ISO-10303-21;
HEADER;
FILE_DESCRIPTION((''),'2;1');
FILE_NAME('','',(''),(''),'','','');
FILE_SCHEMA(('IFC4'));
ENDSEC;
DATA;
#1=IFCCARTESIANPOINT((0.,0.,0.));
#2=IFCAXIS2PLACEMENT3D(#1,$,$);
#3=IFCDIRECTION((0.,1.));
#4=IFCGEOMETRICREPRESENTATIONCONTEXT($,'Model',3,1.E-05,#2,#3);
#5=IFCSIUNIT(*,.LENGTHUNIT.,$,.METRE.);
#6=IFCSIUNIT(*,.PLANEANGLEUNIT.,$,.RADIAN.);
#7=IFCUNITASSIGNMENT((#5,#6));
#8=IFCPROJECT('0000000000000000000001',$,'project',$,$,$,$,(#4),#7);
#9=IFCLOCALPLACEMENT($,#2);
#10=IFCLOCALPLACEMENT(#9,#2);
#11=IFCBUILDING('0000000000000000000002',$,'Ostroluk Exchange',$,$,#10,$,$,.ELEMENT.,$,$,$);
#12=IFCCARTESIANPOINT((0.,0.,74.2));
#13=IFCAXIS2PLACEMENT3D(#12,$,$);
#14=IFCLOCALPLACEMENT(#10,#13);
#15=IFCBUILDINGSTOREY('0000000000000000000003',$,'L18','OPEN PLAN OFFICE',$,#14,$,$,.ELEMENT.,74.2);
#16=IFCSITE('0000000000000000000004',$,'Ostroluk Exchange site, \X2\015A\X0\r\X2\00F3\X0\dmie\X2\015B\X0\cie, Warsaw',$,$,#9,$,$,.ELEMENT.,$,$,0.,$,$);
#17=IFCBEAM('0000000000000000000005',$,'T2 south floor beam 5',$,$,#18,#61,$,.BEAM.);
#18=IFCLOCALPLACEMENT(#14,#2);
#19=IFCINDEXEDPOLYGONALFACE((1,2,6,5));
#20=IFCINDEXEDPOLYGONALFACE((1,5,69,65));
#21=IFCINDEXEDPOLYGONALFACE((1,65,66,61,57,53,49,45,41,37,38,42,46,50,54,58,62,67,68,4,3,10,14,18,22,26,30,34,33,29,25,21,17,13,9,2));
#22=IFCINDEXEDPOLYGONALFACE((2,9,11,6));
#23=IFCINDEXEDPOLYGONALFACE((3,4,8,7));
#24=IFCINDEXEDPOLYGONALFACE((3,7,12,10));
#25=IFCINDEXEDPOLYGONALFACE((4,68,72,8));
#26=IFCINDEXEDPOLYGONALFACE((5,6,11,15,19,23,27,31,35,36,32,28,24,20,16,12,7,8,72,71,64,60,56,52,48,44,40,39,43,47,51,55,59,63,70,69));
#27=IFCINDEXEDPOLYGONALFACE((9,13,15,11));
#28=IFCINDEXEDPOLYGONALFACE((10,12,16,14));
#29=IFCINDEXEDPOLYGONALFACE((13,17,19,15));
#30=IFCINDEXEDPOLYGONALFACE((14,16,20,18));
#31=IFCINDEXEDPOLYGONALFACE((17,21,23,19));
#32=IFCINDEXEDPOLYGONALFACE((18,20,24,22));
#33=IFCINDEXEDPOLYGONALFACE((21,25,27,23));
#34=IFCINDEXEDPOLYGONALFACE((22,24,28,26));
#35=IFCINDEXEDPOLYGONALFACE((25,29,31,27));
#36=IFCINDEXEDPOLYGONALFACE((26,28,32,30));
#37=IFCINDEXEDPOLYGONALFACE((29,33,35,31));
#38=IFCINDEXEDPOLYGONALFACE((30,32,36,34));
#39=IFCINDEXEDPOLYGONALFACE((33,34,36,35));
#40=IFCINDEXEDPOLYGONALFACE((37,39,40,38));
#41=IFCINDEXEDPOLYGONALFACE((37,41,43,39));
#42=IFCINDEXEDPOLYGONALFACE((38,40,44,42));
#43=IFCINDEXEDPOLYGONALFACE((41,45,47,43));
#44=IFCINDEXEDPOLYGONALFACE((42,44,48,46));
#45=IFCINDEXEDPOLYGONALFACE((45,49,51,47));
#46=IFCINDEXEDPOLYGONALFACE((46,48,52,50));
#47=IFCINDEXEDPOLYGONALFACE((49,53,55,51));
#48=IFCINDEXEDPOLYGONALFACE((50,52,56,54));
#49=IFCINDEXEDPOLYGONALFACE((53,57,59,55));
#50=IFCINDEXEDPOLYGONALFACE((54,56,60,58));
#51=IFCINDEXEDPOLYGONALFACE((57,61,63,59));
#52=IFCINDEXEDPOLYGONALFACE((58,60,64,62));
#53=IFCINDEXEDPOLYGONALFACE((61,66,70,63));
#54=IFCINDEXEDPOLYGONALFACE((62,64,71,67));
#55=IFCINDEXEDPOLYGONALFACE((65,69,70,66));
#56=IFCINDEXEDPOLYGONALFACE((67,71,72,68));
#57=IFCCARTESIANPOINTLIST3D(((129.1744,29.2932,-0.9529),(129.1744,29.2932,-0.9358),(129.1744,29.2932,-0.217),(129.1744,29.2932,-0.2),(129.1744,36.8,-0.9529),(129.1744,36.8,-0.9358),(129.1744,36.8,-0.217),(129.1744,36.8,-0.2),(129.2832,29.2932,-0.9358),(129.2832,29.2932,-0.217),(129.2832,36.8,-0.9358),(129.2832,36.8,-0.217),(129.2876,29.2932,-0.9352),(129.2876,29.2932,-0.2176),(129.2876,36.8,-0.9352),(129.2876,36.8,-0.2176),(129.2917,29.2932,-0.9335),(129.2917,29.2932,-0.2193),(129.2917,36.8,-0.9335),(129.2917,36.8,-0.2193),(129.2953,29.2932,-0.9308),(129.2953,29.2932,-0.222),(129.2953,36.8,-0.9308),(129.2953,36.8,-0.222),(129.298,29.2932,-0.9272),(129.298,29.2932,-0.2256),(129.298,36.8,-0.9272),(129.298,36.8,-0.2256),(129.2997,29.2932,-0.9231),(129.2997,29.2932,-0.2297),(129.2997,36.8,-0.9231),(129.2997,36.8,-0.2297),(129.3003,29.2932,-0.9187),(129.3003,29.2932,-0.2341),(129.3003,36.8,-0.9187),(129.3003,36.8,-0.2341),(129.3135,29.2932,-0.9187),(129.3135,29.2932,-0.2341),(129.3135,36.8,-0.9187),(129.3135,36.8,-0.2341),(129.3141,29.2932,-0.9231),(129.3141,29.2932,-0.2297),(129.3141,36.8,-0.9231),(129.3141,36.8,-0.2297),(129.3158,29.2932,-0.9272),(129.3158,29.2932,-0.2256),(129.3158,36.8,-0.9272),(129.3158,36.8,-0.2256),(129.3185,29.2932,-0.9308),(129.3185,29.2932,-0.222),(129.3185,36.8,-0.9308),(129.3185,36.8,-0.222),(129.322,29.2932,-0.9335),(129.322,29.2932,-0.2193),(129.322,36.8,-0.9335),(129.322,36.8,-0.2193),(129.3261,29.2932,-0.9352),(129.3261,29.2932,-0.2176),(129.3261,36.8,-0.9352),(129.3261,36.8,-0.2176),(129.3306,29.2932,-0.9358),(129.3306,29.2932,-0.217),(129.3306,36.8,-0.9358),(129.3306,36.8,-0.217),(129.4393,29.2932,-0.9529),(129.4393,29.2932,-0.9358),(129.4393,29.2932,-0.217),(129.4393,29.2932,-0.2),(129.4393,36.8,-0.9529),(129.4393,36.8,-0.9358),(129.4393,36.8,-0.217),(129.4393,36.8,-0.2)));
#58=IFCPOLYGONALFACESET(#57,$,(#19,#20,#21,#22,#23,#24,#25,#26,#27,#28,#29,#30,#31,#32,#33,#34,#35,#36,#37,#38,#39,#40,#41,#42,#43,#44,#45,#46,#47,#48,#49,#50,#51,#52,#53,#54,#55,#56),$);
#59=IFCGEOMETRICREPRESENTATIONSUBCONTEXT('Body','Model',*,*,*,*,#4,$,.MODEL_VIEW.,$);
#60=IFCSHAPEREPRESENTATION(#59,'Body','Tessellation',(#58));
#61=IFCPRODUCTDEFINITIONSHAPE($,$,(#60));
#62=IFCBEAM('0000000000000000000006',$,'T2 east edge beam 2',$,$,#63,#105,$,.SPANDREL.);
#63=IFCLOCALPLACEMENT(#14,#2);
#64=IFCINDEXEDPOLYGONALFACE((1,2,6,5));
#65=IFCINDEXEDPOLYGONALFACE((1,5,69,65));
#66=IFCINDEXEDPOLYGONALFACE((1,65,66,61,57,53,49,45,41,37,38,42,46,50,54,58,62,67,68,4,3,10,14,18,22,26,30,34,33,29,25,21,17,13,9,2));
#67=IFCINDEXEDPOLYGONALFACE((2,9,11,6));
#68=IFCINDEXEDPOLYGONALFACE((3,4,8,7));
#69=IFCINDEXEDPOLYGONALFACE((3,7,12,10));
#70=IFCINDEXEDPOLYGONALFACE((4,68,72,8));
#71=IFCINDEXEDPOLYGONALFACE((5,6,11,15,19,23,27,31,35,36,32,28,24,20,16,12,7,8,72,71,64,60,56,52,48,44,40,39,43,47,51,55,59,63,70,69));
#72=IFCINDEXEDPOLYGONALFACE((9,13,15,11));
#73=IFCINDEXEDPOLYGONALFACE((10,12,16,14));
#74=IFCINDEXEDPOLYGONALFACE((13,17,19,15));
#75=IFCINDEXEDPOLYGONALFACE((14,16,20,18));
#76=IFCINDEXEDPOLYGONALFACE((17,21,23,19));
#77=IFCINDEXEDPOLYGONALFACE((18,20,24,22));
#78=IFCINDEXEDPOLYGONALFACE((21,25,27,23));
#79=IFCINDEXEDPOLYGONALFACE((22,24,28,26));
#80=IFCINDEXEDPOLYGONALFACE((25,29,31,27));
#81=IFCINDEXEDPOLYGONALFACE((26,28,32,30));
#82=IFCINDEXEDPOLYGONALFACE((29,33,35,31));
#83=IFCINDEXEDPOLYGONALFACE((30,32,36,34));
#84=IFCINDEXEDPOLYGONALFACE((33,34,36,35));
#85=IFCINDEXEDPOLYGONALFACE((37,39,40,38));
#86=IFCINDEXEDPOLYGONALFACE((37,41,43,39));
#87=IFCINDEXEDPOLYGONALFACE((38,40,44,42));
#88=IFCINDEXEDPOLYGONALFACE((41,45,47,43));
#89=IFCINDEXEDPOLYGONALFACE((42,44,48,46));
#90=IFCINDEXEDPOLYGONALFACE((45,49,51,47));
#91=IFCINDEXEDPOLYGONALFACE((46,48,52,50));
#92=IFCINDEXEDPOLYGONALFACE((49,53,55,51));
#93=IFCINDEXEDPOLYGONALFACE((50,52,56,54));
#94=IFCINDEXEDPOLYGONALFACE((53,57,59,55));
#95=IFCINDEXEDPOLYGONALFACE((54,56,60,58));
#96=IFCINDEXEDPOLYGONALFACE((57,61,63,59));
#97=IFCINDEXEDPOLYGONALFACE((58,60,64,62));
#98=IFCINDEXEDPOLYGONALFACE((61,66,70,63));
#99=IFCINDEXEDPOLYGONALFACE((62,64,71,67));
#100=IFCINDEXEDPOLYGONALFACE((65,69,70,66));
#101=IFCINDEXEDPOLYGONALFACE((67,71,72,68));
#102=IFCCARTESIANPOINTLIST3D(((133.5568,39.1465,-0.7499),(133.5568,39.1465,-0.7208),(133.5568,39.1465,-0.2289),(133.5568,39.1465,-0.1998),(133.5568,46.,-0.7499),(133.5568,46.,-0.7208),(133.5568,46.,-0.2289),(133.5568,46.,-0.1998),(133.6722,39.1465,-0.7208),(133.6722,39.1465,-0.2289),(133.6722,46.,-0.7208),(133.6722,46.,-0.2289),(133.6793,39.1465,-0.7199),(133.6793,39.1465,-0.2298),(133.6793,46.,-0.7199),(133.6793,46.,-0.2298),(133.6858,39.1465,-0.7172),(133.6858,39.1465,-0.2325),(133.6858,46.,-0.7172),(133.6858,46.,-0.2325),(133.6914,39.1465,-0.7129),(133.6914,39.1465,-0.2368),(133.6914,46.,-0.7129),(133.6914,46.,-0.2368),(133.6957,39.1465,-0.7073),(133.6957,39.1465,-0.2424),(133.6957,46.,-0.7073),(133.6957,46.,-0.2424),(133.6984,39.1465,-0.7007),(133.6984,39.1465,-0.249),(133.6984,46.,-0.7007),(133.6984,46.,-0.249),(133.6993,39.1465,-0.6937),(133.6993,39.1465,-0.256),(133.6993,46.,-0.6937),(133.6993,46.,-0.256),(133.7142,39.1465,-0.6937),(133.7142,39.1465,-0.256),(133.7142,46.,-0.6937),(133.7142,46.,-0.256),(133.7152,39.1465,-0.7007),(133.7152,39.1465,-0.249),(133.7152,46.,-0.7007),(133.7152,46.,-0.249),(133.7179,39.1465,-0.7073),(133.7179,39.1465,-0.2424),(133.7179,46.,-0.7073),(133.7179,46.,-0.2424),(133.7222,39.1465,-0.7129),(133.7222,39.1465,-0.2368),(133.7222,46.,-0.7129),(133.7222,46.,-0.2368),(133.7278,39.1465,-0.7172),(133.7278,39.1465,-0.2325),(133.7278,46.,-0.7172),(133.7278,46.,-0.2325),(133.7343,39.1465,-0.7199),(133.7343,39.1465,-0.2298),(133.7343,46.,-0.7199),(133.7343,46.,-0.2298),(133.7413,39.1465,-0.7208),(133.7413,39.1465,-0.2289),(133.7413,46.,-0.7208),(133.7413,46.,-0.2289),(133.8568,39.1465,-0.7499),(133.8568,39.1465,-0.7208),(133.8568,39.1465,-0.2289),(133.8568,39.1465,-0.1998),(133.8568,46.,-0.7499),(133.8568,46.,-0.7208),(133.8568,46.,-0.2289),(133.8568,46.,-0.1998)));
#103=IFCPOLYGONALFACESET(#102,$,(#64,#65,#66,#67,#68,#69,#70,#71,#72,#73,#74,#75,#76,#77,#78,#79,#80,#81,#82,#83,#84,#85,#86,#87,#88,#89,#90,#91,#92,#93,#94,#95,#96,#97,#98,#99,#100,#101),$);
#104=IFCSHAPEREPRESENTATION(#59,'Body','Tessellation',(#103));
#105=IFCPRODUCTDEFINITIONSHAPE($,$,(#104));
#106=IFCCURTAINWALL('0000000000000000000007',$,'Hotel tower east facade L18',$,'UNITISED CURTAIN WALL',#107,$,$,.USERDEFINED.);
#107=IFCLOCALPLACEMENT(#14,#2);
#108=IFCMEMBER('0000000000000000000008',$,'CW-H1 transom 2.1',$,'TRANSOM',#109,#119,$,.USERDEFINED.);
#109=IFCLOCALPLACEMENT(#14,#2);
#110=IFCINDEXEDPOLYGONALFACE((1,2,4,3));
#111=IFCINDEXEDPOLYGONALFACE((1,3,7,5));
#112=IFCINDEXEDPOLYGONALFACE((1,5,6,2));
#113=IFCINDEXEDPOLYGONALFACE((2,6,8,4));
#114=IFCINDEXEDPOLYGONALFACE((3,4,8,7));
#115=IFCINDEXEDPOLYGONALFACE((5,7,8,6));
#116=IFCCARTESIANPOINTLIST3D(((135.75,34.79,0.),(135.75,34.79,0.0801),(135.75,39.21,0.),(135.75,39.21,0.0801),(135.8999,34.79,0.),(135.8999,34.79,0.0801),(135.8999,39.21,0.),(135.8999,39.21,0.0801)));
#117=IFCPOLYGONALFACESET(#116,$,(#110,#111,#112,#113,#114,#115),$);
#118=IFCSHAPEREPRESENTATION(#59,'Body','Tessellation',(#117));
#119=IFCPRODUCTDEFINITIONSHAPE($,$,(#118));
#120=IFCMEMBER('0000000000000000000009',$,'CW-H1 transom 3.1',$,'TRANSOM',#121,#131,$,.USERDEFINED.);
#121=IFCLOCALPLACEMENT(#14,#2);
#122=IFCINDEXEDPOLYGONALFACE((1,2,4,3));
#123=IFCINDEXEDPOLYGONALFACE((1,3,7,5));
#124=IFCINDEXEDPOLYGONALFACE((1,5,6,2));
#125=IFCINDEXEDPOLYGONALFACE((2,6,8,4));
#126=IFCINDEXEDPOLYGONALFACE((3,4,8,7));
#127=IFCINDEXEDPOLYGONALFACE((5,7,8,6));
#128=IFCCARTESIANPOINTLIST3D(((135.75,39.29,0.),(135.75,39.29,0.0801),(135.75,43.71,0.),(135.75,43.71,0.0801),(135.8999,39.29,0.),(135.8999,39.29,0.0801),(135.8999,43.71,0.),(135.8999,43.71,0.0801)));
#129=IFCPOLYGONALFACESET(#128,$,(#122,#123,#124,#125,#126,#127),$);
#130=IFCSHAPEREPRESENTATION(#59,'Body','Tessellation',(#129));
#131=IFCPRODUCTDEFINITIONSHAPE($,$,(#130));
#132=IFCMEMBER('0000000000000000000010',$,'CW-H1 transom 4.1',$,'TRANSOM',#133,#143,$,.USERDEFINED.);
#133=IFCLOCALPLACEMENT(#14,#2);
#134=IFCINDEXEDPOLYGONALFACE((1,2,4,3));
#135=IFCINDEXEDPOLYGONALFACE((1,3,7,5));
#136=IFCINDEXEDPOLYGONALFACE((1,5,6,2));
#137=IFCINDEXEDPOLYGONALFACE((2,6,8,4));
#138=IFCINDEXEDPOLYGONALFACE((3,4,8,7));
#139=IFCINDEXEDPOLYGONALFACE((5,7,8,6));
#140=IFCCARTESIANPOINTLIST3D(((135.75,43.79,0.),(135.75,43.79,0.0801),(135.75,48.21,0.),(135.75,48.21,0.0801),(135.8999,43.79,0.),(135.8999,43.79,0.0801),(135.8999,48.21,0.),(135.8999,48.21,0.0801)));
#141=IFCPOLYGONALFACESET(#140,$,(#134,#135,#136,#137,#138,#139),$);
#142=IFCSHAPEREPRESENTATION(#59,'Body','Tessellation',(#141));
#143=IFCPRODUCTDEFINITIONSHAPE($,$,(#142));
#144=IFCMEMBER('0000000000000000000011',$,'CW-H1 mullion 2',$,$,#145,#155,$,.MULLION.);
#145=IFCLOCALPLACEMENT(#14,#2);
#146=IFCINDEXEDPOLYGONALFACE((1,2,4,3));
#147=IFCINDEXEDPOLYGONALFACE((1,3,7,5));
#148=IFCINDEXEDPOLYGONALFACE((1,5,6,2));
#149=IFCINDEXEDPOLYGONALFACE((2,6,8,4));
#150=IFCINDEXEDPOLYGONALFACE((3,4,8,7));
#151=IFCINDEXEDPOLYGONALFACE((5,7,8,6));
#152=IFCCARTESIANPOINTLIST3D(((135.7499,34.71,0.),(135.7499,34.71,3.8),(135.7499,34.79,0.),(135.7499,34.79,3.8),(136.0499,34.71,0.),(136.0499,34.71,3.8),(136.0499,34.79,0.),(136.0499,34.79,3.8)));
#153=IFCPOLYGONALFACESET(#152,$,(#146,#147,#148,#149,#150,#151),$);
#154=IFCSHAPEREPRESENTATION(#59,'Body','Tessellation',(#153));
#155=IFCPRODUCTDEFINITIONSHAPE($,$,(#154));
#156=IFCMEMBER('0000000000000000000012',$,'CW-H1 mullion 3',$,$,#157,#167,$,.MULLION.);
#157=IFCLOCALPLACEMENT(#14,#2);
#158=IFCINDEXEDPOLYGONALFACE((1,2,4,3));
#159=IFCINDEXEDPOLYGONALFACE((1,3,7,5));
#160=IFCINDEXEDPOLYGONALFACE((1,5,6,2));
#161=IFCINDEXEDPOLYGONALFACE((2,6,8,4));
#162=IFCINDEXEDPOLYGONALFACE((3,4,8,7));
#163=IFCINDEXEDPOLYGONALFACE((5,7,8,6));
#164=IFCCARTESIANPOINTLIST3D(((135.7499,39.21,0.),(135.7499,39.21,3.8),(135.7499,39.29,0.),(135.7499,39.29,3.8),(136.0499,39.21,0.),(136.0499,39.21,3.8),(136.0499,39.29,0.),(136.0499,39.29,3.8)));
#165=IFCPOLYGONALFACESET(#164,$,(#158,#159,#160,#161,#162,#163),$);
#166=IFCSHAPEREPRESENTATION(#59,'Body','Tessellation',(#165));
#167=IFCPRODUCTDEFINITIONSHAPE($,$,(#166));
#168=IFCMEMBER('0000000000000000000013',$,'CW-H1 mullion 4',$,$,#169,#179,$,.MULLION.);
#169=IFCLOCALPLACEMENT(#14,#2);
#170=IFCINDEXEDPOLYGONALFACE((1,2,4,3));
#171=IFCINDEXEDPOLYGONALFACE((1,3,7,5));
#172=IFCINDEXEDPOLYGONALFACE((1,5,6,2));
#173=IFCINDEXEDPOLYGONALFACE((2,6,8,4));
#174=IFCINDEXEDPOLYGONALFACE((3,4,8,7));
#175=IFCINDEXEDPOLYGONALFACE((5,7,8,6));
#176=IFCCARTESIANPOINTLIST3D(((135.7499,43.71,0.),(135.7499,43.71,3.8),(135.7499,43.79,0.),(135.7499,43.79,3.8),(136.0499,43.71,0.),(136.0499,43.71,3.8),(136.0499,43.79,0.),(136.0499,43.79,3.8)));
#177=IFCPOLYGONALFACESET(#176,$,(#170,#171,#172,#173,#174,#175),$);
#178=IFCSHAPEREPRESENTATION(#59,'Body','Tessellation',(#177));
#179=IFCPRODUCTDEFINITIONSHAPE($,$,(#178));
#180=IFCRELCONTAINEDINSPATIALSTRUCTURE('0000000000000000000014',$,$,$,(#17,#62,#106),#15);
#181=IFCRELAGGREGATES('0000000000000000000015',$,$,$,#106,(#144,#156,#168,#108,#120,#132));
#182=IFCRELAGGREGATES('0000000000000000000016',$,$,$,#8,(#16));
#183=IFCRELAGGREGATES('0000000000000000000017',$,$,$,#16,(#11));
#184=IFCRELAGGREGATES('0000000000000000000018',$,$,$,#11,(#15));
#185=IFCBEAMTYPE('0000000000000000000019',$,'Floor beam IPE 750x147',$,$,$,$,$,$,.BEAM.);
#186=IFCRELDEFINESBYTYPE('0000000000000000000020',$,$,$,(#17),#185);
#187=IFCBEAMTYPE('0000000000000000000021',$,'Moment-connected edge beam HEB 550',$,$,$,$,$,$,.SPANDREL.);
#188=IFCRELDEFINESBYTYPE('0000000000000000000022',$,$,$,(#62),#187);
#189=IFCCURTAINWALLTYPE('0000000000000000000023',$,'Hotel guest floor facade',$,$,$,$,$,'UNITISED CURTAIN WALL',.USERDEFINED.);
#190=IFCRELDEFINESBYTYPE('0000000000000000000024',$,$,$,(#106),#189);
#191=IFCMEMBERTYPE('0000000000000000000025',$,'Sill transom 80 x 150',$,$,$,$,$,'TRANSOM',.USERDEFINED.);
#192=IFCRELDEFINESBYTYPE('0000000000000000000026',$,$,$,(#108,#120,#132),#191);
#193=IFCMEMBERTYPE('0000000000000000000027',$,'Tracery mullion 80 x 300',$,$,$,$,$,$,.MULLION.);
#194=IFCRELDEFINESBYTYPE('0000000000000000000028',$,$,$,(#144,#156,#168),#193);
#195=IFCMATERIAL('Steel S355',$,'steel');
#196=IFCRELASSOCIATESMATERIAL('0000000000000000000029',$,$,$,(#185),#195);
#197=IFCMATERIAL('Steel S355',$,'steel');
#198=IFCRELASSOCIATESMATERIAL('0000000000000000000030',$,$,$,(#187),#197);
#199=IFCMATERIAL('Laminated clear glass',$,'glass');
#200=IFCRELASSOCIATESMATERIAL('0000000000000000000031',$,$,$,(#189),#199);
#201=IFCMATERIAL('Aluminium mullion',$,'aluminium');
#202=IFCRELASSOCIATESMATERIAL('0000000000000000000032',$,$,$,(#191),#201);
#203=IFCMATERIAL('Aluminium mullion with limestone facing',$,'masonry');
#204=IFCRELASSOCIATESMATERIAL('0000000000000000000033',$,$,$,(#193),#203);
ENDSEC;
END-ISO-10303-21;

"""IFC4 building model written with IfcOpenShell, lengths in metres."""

from ifc_helpers import new_model, si_unit, direction, frame, origin, origin_2d, place, context, subcontext, project, spatial, rectangle, i_section, extrude, material, material_profile, profile_set, type_object, element, aggregate, save


model = new_model("IFC4")

# Units and contexts
model_context = context("Model", 3, precision=1e-05, world=origin(), true_north=direction((0.0, 1.0)))
body_context = subcontext(model_context, "Body", "Model", "MODEL_VIEW")
ifc_project = project(units=[si_unit("LENGTHUNIT", "METRE"), si_unit("PLANEANGLEUNIT", "RADIAN")], contexts=[model_context])

# Site, building, storey
site_placement = place(None, origin())
site = spatial("IfcSite", under=ifc_project, at=site_placement, Name="Ostroluk Exchange site, Śródmieście, Warsaw", CompositionType="ELEMENT", RefElevation=0.0)
building_placement = place(site_placement, origin())
building = spatial("IfcBuilding", under=site, at=building_placement, Name="Ostroluk Exchange", CompositionType="ELEMENT")
storey_placement = place(building_placement, frame((0.0, 0.0, 74.2)))
storey = spatial("IfcBuildingStorey", under=building, at=storey_placement, Name="L18", Description="OPEN PLAN OFFICE", CompositionType="ELEMENT", Elevation=74.2)

# Beams
ifc_material_1 = material(Name="Steel S355", Category="steel")
ifc_material_profile_1 = material_profile(ifc_material_1, i_section(OverallWidth=0.2649, OverallDepth=0.7529, WebThickness=0.0132, FlangeThickness=0.0171, FilletRadius=0.0171, at=origin_2d()), Name="IPE 750x147")
ifc_profile_set_1 = profile_set([ifc_material_profile_1], Name="Steel S355")
beam_type_1 = type_object("IfcBeamType", Name="Floor beam IPE 750x147", PredefinedType="BEAM", material=ifc_profile_set_1)
beam_1_placement = place(storey_placement, frame((129.3069, 36.8, -0.5764), z_axis=(0.0, -1.0, 0.0), x_axis=(1.0, 0.0, 0.0)))
element("IfcBeam", 1, at=beam_1_placement, inside=storey, type_object=beam_type_1, Name="T2 south floor beam 5", PredefinedType="BEAM", context=body_context, shape_type="SweptSolid", body=[
    extrude(i_section(OverallWidth=0.2649, OverallDepth=0.7529, WebThickness=0.0132, FlangeThickness=0.0171, FilletRadius=0.0171, at=origin_2d()), origin(), (0.0, 0.0, 1.0), 7.5068),
])
ifc_material_2 = material(Name="Steel S355", Category="steel")
ifc_material_profile_2 = material_profile(ifc_material_2, i_section(OverallWidth=0.3, OverallDepth=0.55, WebThickness=0.0149, FlangeThickness=0.0291, FilletRadius=0.0271, at=origin_2d()), Name="HEB 550")
ifc_profile_set_2 = profile_set([ifc_material_profile_2], Name="Steel S355")
beam_type_2 = type_object("IfcBeamType", Name="Moment-connected edge beam HEB 550", PredefinedType="SPANDREL", material=ifc_profile_set_2)
beam_2_placement = place(storey_placement, frame((133.7068, 39.1465, -0.4749), z_axis=(0.0, 1.0, 0.0), x_axis=(-1.0, 0.0, 0.0)))
element("IfcBeam", 2, at=beam_2_placement, inside=storey, type_object=beam_type_2, Name="T2 east edge beam 2", PredefinedType="SPANDREL", context=body_context, shape_type="SweptSolid", body=[
    extrude(i_section(OverallWidth=0.3, OverallDepth=0.55, WebThickness=0.0149, FlangeThickness=0.0291, FilletRadius=0.0271, at=origin_2d()), origin(), (0.0, 0.0, 1.0), 6.8535),
])

# Curtain wall, members
ifc_material_3 = material(Name="Laminated clear glass", Category="glass")
curtain_wall_type = type_object("IfcCurtainWallType", Name="Hotel guest floor facade", ElementType="UNITISED CURTAIN WALL", PredefinedType="USERDEFINED", material=ifc_material_3)
curtain_wall_placement = place(storey_placement, origin())
curtain_wall = element("IfcCurtainWall", 3, at=curtain_wall_placement, inside=storey, type_object=curtain_wall_type, Name="Hotel tower east facade L18", ObjectType="UNITISED CURTAIN WALL", PredefinedType="USERDEFINED")
ifc_material_4 = material(Name="Aluminium mullion", Category="aluminium")
ifc_material_profile_3 = material_profile(ifc_material_4, rectangle(XDim=0.1499, YDim=0.0801, at=origin_2d()), Name="Sill transom 80 x 150")
ifc_profile_set_3 = profile_set([ifc_material_profile_3], Name="Aluminium mullion")
member_type_1 = type_object("IfcMemberType", Name="Sill transom 80 x 150", ElementType="TRANSOM", PredefinedType="USERDEFINED", material=ifc_profile_set_3)
member_1_placement = place(storey_placement, frame((135.825, 34.79, 0.04), z_axis=(0.0, 1.0, 0.0), x_axis=(-1.0, 0.0, 0.0)))
member_1 = element("IfcMember", 4, at=member_1_placement, type_object=member_type_1, Name="CW-H1 transom 2.1", ObjectType="TRANSOM", PredefinedType="USERDEFINED", context=body_context, shape_type="SweptSolid", body=[
    extrude(rectangle(XDim=0.1499, YDim=0.0801, at=origin_2d()), origin(), (0.0, 0.0, 1.0), 4.4199),
])
member_2_placement = place(storey_placement, frame((135.825, 39.29, 0.04), z_axis=(0.0, 1.0, 0.0), x_axis=(-1.0, 0.0, 0.0)))
member_2 = element("IfcMember", 5, at=member_2_placement, type_object=member_type_1, Name="CW-H1 transom 3.1", ObjectType="TRANSOM", PredefinedType="USERDEFINED", context=body_context, shape_type="SweptSolid", body=[
    extrude(rectangle(XDim=0.1499, YDim=0.0801, at=origin_2d()), origin(), (0.0, 0.0, 1.0), 4.4199),
])
member_3_placement = place(storey_placement, frame((135.825, 43.79, 0.04), z_axis=(0.0, 1.0, 0.0), x_axis=(-1.0, 0.0, 0.0)))
member_3 = element("IfcMember", 6, at=member_3_placement, type_object=member_type_1, Name="CW-H1 transom 4.1", ObjectType="TRANSOM", PredefinedType="USERDEFINED", context=body_context, shape_type="SweptSolid", body=[
    extrude(rectangle(XDim=0.1499, YDim=0.0801, at=origin_2d()), origin(), (0.0, 0.0, 1.0), 4.4199),
])
ifc_material_5 = material(Name="Aluminium mullion with limestone facing", Category="masonry")
ifc_material_profile_4 = material_profile(ifc_material_5, rectangle(XDim=0.3, YDim=0.0801, at=origin_2d()), Name="Tracery mullion 80 x 300")
ifc_profile_set_4 = profile_set([ifc_material_profile_4], Name="Aluminium mullion with limestone facing")
member_type_2 = type_object("IfcMemberType", Name="Tracery mullion 80 x 300", PredefinedType="MULLION", material=ifc_profile_set_4)
member_4_placement = place(storey_placement, frame((135.8999, 34.75, 0.0), z_axis=(0.0, 0.0, 1.0), x_axis=(-1.0, 0.0, 0.0)))
member_4 = element("IfcMember", 7, at=member_4_placement, type_object=member_type_2, Name="CW-H1 mullion 2", PredefinedType="MULLION", context=body_context, shape_type="SweptSolid", body=[
    extrude(rectangle(XDim=0.3, YDim=0.0801, at=origin_2d()), origin(), (0.0, 0.0, 1.0), 3.8),
])
member_5_placement = place(storey_placement, frame((135.8999, 39.25, 0.0), z_axis=(0.0, 0.0, 1.0), x_axis=(-1.0, 0.0, 0.0)))
member_5 = element("IfcMember", 8, at=member_5_placement, type_object=member_type_2, Name="CW-H1 mullion 3", PredefinedType="MULLION", context=body_context, shape_type="SweptSolid", body=[
    extrude(rectangle(XDim=0.3, YDim=0.0801, at=origin_2d()), origin(), (0.0, 0.0, 1.0), 3.8),
])
member_6_placement = place(storey_placement, frame((135.8999, 43.75, 0.0), z_axis=(0.0, 0.0, 1.0), x_axis=(-1.0, 0.0, 0.0)))
member_6 = element("IfcMember", 9, at=member_6_placement, type_object=member_type_2, Name="CW-H1 mullion 4", PredefinedType="MULLION", context=body_context, shape_type="SweptSolid", body=[
    extrude(rectangle(XDim=0.3, YDim=0.0801, at=origin_2d()), origin(), (0.0, 0.0, 1.0), 3.8),
])
aggregate(curtain_wall, [member_4, member_5, member_6, member_1, member_2, member_3])

save(model, "model.ifc")
